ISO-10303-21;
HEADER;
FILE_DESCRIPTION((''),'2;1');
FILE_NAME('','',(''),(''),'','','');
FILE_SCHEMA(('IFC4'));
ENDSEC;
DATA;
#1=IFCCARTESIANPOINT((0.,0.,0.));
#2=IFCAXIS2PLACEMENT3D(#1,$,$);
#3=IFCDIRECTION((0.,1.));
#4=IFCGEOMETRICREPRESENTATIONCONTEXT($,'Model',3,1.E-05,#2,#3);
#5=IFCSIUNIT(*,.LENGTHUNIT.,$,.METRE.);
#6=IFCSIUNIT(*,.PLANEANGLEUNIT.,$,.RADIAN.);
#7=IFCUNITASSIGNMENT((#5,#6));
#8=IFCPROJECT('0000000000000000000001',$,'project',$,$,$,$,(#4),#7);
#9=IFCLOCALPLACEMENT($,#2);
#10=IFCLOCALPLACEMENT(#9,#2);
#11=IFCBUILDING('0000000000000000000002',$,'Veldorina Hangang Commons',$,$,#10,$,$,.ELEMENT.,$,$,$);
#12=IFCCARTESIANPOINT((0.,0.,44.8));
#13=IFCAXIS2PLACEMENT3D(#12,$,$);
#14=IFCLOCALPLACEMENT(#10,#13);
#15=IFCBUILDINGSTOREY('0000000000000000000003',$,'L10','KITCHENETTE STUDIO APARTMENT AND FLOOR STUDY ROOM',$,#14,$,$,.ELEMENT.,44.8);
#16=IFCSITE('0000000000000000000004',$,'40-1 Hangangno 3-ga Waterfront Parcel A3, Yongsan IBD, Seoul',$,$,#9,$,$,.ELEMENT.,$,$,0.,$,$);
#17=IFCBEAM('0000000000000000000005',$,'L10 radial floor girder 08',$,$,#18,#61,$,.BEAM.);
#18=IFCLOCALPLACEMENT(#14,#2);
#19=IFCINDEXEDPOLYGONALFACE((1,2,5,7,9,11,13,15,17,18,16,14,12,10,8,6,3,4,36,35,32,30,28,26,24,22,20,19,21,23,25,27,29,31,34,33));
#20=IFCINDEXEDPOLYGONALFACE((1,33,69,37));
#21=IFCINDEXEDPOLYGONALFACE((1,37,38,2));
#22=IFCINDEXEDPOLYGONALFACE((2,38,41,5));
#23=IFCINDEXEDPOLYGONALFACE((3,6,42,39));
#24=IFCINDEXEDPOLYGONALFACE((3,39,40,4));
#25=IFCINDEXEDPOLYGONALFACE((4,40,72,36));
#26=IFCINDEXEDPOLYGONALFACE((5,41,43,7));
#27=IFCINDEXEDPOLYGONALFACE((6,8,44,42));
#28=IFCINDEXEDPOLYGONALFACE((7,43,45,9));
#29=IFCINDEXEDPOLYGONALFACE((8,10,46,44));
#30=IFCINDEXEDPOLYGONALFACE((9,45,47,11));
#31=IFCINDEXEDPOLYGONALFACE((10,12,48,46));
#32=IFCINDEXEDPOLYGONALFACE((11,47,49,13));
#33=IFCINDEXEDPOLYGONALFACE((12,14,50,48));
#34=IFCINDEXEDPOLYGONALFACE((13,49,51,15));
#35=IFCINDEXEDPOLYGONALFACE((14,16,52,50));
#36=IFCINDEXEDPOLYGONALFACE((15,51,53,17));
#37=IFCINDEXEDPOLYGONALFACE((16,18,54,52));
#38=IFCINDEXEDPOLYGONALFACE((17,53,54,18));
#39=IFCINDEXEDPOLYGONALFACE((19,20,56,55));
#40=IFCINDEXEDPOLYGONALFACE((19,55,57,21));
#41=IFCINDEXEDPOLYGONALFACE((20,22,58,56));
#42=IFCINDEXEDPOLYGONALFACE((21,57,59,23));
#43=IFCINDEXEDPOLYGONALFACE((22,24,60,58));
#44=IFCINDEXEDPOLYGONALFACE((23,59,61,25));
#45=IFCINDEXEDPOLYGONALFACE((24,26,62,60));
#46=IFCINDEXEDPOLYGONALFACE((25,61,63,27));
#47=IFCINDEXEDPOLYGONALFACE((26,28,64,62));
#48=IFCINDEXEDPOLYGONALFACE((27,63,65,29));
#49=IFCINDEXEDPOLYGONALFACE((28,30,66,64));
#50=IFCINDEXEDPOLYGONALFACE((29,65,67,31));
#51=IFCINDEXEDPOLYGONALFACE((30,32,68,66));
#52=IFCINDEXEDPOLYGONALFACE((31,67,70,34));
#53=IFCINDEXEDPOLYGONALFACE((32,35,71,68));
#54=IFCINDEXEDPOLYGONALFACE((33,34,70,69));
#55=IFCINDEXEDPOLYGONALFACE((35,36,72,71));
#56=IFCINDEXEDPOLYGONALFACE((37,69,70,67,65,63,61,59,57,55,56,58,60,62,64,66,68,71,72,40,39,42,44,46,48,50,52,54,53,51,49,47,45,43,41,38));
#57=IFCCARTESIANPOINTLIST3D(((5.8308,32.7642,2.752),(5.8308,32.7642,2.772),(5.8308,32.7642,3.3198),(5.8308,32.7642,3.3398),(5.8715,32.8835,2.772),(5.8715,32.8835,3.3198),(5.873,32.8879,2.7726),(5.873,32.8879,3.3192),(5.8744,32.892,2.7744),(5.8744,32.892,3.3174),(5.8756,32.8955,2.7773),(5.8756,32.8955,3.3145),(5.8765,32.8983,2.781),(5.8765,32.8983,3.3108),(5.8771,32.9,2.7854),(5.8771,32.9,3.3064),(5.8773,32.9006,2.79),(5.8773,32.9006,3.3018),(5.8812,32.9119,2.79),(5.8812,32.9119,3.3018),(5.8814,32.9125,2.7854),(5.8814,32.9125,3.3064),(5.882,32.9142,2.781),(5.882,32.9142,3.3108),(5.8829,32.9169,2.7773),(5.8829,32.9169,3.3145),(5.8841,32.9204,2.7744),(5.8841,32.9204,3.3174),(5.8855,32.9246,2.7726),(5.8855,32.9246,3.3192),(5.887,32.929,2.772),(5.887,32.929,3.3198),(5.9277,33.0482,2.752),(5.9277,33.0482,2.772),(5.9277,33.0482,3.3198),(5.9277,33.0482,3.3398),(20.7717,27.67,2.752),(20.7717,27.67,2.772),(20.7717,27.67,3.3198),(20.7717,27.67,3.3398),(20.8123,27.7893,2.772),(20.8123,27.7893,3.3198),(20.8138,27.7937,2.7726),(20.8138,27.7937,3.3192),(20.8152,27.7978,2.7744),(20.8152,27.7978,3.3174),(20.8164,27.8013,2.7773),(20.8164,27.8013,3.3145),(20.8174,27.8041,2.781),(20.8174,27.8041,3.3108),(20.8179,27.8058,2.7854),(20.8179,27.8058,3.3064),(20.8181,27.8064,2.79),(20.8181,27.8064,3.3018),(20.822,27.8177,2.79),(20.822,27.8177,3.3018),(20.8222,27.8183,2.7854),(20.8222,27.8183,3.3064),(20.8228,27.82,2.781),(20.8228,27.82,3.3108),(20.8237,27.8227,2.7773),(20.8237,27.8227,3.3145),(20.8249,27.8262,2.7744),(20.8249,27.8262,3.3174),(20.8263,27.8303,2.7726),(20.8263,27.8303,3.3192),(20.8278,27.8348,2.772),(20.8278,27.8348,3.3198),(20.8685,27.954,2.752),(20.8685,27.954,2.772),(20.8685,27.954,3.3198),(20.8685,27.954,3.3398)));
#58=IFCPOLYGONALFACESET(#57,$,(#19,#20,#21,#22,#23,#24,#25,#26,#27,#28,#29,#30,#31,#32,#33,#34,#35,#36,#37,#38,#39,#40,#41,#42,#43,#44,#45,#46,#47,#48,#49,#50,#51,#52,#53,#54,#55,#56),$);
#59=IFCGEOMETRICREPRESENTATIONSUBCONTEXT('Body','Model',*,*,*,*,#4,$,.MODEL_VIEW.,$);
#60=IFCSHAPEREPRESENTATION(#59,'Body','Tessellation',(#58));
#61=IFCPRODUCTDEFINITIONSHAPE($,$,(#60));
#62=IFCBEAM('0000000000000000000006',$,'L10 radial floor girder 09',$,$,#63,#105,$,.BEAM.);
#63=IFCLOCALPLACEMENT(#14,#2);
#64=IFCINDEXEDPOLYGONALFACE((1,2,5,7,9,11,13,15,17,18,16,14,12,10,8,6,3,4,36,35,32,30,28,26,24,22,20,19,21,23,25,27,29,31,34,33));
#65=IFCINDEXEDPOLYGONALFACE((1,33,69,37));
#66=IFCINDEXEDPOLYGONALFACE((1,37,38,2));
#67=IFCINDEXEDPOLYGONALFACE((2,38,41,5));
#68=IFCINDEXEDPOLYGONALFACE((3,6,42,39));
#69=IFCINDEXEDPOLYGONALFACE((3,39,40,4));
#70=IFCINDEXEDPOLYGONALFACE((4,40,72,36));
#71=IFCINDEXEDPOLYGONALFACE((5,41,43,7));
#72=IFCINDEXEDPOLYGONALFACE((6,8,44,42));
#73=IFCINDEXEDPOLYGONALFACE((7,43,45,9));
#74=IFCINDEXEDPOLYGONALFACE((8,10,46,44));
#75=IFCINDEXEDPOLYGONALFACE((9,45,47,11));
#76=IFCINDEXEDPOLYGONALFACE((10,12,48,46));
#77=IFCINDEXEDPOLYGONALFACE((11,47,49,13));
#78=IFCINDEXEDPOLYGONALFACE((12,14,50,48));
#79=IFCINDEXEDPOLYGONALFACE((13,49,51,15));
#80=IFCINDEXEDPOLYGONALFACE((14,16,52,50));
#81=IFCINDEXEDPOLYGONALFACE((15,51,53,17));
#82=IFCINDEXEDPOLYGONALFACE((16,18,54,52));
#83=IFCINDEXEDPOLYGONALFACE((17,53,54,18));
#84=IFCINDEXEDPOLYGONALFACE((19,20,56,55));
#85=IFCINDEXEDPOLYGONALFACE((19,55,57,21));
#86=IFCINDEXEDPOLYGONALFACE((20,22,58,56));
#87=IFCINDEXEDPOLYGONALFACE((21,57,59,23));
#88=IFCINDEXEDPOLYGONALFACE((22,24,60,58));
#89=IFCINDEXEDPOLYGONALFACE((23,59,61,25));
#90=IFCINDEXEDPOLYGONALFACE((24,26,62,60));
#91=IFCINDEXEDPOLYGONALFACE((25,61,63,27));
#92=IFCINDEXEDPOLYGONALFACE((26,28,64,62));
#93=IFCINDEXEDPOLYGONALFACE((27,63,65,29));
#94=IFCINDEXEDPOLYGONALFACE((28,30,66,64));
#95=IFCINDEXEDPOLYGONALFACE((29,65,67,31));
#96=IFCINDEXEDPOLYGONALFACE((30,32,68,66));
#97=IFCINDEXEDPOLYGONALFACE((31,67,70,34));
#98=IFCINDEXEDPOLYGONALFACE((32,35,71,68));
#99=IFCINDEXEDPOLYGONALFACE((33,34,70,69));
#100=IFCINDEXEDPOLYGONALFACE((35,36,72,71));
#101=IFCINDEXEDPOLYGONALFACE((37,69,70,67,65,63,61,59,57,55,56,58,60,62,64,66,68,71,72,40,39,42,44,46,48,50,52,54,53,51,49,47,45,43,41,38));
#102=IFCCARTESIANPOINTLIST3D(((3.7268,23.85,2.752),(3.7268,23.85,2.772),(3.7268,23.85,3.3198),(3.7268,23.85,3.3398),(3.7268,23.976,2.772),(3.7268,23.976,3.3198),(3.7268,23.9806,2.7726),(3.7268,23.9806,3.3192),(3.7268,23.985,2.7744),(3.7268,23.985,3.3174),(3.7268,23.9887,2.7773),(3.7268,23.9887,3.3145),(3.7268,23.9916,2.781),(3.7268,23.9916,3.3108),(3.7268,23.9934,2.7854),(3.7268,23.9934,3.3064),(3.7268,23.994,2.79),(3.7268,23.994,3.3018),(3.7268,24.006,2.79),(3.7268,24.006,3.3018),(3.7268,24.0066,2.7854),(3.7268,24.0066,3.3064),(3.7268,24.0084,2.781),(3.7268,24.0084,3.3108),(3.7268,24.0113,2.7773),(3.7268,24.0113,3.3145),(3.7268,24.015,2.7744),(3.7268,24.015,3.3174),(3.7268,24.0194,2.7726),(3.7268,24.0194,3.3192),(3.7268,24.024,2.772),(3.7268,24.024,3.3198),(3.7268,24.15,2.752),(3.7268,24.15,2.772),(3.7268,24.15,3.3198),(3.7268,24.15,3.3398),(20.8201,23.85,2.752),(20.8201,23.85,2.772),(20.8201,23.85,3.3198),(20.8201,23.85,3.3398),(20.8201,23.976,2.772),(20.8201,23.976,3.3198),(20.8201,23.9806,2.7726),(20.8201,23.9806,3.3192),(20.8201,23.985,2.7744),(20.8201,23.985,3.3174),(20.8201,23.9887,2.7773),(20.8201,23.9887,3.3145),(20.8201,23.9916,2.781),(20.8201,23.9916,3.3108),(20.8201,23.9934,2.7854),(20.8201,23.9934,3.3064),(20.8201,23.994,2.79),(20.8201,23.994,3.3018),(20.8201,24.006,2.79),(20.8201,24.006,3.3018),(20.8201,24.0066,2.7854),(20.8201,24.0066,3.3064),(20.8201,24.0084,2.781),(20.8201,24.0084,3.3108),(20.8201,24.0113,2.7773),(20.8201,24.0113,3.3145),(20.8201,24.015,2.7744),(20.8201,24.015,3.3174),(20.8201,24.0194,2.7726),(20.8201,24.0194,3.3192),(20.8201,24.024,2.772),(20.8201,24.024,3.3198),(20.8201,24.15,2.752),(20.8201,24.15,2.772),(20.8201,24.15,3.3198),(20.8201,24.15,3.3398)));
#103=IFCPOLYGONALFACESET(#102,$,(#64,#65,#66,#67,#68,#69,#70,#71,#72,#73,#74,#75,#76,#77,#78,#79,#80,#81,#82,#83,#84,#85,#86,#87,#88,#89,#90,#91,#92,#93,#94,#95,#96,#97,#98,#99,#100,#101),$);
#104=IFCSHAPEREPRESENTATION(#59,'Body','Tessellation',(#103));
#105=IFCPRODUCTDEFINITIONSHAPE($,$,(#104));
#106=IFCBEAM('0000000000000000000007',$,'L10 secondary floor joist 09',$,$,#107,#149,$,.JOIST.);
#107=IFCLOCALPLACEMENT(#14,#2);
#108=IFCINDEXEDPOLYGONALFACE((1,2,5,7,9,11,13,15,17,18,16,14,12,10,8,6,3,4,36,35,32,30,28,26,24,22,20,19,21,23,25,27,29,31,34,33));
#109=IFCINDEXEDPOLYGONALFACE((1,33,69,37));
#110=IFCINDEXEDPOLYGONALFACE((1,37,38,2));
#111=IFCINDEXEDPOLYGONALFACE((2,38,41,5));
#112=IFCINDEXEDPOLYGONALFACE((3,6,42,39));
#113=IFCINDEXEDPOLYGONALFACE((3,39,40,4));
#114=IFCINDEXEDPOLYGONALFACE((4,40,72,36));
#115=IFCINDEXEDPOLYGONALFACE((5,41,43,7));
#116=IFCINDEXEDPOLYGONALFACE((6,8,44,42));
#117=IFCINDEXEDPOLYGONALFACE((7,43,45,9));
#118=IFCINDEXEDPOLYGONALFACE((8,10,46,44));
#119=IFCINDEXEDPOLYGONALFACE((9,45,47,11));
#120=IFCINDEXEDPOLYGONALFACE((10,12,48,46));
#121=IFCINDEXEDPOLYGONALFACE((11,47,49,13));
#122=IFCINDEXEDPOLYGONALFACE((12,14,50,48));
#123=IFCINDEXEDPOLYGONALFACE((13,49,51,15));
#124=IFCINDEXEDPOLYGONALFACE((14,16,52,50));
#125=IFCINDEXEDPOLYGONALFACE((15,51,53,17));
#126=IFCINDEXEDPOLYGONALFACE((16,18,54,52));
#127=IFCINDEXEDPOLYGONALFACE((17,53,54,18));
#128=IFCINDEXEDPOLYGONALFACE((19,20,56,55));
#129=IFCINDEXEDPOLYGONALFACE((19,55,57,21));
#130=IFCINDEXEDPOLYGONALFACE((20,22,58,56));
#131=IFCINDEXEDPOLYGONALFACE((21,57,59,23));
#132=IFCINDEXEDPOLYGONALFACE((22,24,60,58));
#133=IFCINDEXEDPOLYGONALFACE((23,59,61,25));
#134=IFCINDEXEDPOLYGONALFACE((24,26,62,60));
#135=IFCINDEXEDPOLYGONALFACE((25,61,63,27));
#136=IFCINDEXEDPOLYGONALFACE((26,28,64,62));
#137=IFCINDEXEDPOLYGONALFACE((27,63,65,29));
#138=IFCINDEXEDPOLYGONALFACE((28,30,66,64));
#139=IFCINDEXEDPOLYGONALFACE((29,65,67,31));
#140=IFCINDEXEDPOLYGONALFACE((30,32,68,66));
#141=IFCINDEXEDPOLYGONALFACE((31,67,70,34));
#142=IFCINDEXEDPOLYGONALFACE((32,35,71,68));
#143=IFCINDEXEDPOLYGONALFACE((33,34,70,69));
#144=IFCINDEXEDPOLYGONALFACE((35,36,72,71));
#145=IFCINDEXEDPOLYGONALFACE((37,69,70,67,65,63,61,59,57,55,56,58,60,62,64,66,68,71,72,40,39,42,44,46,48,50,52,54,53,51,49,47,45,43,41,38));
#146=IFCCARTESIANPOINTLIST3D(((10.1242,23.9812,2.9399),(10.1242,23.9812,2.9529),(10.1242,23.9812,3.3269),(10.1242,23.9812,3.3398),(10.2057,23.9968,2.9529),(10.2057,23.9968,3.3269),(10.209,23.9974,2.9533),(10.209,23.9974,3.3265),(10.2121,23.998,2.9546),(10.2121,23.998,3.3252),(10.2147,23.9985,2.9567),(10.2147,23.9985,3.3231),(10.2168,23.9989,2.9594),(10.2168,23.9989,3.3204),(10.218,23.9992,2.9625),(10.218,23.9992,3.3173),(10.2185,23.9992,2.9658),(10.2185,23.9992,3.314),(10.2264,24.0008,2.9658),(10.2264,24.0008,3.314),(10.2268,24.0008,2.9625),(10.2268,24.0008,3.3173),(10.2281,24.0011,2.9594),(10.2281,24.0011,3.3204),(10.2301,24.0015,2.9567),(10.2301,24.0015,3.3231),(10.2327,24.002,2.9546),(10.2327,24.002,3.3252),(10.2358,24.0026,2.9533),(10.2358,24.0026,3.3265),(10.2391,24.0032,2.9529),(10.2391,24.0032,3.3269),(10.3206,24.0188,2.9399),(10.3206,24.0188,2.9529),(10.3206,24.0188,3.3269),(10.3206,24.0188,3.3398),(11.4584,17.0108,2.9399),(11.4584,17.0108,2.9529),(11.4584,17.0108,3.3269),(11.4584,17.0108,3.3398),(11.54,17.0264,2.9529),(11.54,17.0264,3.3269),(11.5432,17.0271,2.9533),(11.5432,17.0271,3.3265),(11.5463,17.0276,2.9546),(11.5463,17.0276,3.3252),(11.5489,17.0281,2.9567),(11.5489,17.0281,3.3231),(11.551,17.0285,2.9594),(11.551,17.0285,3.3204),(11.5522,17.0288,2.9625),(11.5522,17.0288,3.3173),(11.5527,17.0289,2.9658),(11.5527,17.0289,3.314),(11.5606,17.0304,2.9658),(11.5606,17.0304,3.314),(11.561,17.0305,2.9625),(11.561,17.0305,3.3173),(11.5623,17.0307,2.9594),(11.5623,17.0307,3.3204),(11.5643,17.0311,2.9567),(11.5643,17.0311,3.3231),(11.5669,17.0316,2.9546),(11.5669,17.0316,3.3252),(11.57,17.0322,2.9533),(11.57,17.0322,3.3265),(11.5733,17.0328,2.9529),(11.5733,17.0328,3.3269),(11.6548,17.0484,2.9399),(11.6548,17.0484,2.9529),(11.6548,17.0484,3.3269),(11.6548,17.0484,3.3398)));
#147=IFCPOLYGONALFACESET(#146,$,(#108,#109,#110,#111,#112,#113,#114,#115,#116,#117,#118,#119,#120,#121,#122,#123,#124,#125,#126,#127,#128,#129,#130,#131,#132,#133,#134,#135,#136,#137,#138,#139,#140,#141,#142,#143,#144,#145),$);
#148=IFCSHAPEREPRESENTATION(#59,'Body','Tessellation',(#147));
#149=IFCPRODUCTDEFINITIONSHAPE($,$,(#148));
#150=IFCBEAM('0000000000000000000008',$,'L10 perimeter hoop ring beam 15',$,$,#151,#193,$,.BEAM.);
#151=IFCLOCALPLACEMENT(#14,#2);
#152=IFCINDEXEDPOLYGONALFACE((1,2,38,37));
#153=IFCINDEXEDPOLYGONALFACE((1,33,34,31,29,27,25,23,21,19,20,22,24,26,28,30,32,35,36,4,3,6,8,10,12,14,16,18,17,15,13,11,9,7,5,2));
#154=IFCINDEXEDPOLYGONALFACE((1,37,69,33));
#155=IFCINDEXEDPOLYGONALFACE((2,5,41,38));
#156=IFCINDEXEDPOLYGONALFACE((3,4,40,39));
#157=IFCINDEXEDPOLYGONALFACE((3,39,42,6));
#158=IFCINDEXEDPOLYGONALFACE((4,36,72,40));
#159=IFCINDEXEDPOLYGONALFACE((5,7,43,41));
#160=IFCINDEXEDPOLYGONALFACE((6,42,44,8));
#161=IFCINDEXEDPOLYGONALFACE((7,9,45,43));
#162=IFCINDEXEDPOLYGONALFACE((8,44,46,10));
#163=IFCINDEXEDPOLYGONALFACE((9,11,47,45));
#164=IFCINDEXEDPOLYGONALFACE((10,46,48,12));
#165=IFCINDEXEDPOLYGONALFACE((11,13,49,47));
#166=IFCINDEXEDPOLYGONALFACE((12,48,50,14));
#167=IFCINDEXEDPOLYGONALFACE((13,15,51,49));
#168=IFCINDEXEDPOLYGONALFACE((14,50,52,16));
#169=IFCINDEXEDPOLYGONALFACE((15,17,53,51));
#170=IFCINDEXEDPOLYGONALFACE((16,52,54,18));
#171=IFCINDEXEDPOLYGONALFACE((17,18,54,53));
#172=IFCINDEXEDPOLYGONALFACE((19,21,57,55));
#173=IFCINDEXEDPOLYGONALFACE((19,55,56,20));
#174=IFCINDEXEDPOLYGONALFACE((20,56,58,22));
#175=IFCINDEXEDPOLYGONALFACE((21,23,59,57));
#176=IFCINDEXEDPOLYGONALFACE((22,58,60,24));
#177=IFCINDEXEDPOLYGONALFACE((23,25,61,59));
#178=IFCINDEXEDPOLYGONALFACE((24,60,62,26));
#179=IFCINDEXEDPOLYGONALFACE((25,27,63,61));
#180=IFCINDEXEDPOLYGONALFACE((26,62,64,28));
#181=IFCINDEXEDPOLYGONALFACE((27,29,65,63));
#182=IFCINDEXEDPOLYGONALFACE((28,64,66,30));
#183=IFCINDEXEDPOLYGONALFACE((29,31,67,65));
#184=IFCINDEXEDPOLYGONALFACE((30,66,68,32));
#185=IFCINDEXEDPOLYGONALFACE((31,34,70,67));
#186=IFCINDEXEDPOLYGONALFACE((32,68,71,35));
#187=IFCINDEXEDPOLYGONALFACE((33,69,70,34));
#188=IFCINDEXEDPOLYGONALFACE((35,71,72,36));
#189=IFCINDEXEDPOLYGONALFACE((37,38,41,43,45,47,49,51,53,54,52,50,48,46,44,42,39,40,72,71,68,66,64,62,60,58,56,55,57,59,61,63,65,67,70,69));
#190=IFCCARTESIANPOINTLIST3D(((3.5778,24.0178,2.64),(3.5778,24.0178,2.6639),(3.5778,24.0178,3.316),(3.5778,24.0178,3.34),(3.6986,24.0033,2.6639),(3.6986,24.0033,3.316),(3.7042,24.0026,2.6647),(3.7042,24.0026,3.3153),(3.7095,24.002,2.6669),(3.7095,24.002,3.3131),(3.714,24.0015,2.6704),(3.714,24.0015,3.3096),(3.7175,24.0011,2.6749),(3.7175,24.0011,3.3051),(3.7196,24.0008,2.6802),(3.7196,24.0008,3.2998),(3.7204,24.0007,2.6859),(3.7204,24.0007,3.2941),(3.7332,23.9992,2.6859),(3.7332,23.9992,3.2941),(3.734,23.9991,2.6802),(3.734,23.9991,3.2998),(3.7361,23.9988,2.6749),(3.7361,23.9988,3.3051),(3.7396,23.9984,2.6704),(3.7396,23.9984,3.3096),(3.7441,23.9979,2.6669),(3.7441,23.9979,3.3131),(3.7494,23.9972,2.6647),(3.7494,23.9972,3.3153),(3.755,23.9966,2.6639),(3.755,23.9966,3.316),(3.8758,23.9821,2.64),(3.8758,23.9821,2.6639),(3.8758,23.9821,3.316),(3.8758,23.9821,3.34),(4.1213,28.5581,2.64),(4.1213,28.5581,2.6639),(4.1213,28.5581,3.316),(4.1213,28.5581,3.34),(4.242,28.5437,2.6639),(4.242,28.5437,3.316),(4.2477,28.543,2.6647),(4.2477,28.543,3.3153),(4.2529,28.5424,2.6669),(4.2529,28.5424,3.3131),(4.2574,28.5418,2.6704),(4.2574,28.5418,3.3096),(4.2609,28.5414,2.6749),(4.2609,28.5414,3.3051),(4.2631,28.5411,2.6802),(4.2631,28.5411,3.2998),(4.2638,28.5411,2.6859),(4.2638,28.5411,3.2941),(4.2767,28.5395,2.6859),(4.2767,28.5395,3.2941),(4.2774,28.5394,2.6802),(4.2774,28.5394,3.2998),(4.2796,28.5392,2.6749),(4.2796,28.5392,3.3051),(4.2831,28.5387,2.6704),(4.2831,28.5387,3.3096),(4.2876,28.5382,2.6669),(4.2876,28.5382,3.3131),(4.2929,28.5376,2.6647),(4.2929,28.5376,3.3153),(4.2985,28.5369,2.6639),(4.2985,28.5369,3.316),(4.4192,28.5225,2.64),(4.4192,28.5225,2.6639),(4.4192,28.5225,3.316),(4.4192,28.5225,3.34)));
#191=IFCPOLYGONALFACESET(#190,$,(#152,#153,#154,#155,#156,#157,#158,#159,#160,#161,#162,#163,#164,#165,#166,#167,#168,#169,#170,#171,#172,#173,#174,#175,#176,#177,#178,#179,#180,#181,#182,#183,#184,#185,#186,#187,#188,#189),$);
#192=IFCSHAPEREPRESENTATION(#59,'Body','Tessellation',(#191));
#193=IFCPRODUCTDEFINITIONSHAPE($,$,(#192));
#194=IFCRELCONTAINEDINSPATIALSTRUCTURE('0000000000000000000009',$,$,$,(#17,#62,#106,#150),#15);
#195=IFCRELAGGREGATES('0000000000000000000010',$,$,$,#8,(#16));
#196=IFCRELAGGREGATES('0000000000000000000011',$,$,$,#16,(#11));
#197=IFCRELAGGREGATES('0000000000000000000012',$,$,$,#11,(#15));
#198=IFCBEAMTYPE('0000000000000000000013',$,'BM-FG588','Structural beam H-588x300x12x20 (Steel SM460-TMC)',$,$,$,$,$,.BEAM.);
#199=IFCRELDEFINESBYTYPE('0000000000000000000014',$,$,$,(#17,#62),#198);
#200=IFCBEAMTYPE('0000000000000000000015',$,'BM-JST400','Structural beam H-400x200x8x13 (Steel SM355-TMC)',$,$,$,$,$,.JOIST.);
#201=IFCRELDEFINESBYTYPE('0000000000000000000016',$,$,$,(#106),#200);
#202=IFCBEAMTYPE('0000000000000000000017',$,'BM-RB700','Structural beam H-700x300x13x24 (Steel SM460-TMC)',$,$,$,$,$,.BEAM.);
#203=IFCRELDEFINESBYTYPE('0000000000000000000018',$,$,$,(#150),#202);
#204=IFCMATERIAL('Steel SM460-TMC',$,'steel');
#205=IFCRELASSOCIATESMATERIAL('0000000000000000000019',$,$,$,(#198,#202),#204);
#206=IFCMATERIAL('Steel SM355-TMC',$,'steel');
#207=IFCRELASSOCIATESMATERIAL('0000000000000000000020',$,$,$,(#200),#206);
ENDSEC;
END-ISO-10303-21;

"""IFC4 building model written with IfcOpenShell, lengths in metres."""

from ifc_helpers import new_model, si_unit, direction, frame, origin, origin_2d, place, context, subcontext, project, spatial, i_section, extrude, material, material_profile, profile_set, type_object, element, save


model = new_model("IFC4")

# Units and contexts
model_context = context("Model", 3, precision=1e-05, world=origin(), true_north=direction((0.0, 1.0)))
body_context = subcontext(model_context, "Body", "Model", "MODEL_VIEW")
ifc_project = project(units=[si_unit("LENGTHUNIT", "METRE"), si_unit("PLANEANGLEUNIT", "RADIAN")], contexts=[model_context])

# Site, building, storey
site_placement = place(None, origin())
site = spatial("IfcSite", under=ifc_project, at=site_placement, Name="40-1 Hangangno 3-ga Waterfront Parcel A3, Yongsan IBD, Seoul", CompositionType="ELEMENT", RefElevation=0.0)
building_placement = place(site_placement, origin())
building = spatial("IfcBuilding", under=site, at=building_placement, Name="Veldorina Hangang Commons", CompositionType="ELEMENT")
storey_placement = place(building_placement, frame((0.0, 0.0, 44.8)))
storey = spatial("IfcBuildingStorey", under=building, at=storey_placement, Name="L10", Description="KITCHENETTE STUDIO APARTMENT AND FLOOR STUDY ROOM", CompositionType="ELEMENT", Elevation=44.8)

# Beams
ifc_material_1 = material(Name="Steel SM460-TMC", Category="steel")
ifc_material_profile_1 = material_profile(ifc_material_1, i_section(OverallWidth=0.3, OverallDepth=0.5879, WebThickness=0.012, FlangeThickness=0.02, FilletRadius=0.0181, at=origin_2d()), Name="H-588x300x12x20")
ifc_profile_set_1 = profile_set([ifc_material_profile_1], Name="Steel SM460-TMC")
beam_type_1 = type_object("IfcBeamType", Name="BM-FG588", Description="Structural beam H-588x300x12x20 (Steel SM460-TMC)", PredefinedType="BEAM", material=ifc_profile_set_1)
beam_1_placement = place(storey_placement, frame((20.8201, 27.812, 3.0459), z_axis=(-0.946496, 0.322716, 0.0), x_axis=(-0.322716, -0.946496, 0.0)))
element("IfcBeam", 1, at=beam_1_placement, inside=storey, type_object=beam_type_1, Name="L10 radial floor girder 08", PredefinedType="BEAM", context=body_context, shape_type="SweptSolid", body=[
    extrude(i_section(OverallWidth=0.3, OverallDepth=0.5879, WebThickness=0.012, FlangeThickness=0.02, FilletRadius=0.0181, at=origin_2d()), origin(), (0.0, 0.0, 1.0), 15.7854),
])
beam_2_placement = place(storey_placement, frame((20.8201, 24.0, 3.0459), z_axis=(-1.0, 0.0, 0.0), x_axis=(0.0, -1.0, 0.0)))
element("IfcBeam", 2, at=beam_2_placement, inside=storey, type_object=beam_type_1, Name="L10 radial floor girder 09", PredefinedType="BEAM", context=body_context, shape_type="SweptSolid", body=[
    extrude(i_section(OverallWidth=0.3, OverallDepth=0.5879, WebThickness=0.012, FlangeThickness=0.02, FilletRadius=0.0181, at=origin_2d()), origin(), (0.0, 0.0, 1.0), 17.0933),
])
ifc_material_2 = material(Name="Steel SM355-TMC", Category="steel")
ifc_material_profile_2 = material_profile(ifc_material_2, i_section(OverallWidth=0.2, OverallDepth=0.3999, WebThickness=0.0081, FlangeThickness=0.0129, FilletRadius=0.0129, at=origin_2d()), Name="H-400x200x8x13")
ifc_profile_set_2 = profile_set([ifc_material_profile_2], Name="Steel SM355-TMC")
beam_type_2 = type_object("IfcBeamType", Name="BM-JST400", Description="Structural beam H-400x200x8x13 (Steel SM355-TMC)", PredefinedType="JOIST", material=ifc_profile_set_2)
beam_3_placement = place(storey_placement, frame((10.2224, 24.0, 3.1399), z_axis=(0.187999, -0.982169, 0.0), x_axis=(0.982169, 0.187999, 0.0)))
element("IfcBeam", 3, at=beam_3_placement, inside=storey, type_object=beam_type_2, Name="L10 secondary floor joist 09", PredefinedType="JOIST", context=body_context, shape_type="SweptSolid", body=[
    extrude(i_section(OverallWidth=0.2, OverallDepth=0.3999, WebThickness=0.0081, FlangeThickness=0.0129, FilletRadius=0.0129, at=origin_2d()), origin(), (0.0, 0.0, 1.0), 7.0969),
])
ifc_material_profile_3 = material_profile(ifc_material_1, i_section(OverallWidth=0.3, OverallDepth=0.7, WebThickness=0.0129, FlangeThickness=0.0239, FilletRadius=0.022, at=origin_2d()), Name="H-700x300x13x24")
ifc_profile_set_3 = profile_set([ifc_material_profile_3], Name="Steel SM460-TMC")
beam_type_3 = type_object("IfcBeamType", Name="BM-RB700", Description="Structural beam H-700x300x13x24 (Steel SM460-TMC)", PredefinedType="BEAM", material=ifc_profile_set_3)
for number, where, z_axis, x_axis, name in (
    (4, (4.2703, 28.5403, 2.99), (-0.118848, -0.992912, 0.0), (0.992912, -0.118848, 0.0), "L10 perimeter hoop ring beam 15"),
):
    element("IfcBeam", number, at=place(storey_placement, frame(where, z_axis=z_axis, x_axis=x_axis)), inside=storey, type_object=beam_type_3, Name=name, PredefinedType="BEAM", context=body_context, shape_type="SweptSolid", body=[
        extrude(i_section(OverallWidth=0.3, OverallDepth=0.7, WebThickness=0.0129, FlangeThickness=0.0239, FilletRadius=0.022, at=origin_2d()), origin(), (0.0, 0.0, 1.0), 4.5728),
    ])

save(model, "model.ifc")
